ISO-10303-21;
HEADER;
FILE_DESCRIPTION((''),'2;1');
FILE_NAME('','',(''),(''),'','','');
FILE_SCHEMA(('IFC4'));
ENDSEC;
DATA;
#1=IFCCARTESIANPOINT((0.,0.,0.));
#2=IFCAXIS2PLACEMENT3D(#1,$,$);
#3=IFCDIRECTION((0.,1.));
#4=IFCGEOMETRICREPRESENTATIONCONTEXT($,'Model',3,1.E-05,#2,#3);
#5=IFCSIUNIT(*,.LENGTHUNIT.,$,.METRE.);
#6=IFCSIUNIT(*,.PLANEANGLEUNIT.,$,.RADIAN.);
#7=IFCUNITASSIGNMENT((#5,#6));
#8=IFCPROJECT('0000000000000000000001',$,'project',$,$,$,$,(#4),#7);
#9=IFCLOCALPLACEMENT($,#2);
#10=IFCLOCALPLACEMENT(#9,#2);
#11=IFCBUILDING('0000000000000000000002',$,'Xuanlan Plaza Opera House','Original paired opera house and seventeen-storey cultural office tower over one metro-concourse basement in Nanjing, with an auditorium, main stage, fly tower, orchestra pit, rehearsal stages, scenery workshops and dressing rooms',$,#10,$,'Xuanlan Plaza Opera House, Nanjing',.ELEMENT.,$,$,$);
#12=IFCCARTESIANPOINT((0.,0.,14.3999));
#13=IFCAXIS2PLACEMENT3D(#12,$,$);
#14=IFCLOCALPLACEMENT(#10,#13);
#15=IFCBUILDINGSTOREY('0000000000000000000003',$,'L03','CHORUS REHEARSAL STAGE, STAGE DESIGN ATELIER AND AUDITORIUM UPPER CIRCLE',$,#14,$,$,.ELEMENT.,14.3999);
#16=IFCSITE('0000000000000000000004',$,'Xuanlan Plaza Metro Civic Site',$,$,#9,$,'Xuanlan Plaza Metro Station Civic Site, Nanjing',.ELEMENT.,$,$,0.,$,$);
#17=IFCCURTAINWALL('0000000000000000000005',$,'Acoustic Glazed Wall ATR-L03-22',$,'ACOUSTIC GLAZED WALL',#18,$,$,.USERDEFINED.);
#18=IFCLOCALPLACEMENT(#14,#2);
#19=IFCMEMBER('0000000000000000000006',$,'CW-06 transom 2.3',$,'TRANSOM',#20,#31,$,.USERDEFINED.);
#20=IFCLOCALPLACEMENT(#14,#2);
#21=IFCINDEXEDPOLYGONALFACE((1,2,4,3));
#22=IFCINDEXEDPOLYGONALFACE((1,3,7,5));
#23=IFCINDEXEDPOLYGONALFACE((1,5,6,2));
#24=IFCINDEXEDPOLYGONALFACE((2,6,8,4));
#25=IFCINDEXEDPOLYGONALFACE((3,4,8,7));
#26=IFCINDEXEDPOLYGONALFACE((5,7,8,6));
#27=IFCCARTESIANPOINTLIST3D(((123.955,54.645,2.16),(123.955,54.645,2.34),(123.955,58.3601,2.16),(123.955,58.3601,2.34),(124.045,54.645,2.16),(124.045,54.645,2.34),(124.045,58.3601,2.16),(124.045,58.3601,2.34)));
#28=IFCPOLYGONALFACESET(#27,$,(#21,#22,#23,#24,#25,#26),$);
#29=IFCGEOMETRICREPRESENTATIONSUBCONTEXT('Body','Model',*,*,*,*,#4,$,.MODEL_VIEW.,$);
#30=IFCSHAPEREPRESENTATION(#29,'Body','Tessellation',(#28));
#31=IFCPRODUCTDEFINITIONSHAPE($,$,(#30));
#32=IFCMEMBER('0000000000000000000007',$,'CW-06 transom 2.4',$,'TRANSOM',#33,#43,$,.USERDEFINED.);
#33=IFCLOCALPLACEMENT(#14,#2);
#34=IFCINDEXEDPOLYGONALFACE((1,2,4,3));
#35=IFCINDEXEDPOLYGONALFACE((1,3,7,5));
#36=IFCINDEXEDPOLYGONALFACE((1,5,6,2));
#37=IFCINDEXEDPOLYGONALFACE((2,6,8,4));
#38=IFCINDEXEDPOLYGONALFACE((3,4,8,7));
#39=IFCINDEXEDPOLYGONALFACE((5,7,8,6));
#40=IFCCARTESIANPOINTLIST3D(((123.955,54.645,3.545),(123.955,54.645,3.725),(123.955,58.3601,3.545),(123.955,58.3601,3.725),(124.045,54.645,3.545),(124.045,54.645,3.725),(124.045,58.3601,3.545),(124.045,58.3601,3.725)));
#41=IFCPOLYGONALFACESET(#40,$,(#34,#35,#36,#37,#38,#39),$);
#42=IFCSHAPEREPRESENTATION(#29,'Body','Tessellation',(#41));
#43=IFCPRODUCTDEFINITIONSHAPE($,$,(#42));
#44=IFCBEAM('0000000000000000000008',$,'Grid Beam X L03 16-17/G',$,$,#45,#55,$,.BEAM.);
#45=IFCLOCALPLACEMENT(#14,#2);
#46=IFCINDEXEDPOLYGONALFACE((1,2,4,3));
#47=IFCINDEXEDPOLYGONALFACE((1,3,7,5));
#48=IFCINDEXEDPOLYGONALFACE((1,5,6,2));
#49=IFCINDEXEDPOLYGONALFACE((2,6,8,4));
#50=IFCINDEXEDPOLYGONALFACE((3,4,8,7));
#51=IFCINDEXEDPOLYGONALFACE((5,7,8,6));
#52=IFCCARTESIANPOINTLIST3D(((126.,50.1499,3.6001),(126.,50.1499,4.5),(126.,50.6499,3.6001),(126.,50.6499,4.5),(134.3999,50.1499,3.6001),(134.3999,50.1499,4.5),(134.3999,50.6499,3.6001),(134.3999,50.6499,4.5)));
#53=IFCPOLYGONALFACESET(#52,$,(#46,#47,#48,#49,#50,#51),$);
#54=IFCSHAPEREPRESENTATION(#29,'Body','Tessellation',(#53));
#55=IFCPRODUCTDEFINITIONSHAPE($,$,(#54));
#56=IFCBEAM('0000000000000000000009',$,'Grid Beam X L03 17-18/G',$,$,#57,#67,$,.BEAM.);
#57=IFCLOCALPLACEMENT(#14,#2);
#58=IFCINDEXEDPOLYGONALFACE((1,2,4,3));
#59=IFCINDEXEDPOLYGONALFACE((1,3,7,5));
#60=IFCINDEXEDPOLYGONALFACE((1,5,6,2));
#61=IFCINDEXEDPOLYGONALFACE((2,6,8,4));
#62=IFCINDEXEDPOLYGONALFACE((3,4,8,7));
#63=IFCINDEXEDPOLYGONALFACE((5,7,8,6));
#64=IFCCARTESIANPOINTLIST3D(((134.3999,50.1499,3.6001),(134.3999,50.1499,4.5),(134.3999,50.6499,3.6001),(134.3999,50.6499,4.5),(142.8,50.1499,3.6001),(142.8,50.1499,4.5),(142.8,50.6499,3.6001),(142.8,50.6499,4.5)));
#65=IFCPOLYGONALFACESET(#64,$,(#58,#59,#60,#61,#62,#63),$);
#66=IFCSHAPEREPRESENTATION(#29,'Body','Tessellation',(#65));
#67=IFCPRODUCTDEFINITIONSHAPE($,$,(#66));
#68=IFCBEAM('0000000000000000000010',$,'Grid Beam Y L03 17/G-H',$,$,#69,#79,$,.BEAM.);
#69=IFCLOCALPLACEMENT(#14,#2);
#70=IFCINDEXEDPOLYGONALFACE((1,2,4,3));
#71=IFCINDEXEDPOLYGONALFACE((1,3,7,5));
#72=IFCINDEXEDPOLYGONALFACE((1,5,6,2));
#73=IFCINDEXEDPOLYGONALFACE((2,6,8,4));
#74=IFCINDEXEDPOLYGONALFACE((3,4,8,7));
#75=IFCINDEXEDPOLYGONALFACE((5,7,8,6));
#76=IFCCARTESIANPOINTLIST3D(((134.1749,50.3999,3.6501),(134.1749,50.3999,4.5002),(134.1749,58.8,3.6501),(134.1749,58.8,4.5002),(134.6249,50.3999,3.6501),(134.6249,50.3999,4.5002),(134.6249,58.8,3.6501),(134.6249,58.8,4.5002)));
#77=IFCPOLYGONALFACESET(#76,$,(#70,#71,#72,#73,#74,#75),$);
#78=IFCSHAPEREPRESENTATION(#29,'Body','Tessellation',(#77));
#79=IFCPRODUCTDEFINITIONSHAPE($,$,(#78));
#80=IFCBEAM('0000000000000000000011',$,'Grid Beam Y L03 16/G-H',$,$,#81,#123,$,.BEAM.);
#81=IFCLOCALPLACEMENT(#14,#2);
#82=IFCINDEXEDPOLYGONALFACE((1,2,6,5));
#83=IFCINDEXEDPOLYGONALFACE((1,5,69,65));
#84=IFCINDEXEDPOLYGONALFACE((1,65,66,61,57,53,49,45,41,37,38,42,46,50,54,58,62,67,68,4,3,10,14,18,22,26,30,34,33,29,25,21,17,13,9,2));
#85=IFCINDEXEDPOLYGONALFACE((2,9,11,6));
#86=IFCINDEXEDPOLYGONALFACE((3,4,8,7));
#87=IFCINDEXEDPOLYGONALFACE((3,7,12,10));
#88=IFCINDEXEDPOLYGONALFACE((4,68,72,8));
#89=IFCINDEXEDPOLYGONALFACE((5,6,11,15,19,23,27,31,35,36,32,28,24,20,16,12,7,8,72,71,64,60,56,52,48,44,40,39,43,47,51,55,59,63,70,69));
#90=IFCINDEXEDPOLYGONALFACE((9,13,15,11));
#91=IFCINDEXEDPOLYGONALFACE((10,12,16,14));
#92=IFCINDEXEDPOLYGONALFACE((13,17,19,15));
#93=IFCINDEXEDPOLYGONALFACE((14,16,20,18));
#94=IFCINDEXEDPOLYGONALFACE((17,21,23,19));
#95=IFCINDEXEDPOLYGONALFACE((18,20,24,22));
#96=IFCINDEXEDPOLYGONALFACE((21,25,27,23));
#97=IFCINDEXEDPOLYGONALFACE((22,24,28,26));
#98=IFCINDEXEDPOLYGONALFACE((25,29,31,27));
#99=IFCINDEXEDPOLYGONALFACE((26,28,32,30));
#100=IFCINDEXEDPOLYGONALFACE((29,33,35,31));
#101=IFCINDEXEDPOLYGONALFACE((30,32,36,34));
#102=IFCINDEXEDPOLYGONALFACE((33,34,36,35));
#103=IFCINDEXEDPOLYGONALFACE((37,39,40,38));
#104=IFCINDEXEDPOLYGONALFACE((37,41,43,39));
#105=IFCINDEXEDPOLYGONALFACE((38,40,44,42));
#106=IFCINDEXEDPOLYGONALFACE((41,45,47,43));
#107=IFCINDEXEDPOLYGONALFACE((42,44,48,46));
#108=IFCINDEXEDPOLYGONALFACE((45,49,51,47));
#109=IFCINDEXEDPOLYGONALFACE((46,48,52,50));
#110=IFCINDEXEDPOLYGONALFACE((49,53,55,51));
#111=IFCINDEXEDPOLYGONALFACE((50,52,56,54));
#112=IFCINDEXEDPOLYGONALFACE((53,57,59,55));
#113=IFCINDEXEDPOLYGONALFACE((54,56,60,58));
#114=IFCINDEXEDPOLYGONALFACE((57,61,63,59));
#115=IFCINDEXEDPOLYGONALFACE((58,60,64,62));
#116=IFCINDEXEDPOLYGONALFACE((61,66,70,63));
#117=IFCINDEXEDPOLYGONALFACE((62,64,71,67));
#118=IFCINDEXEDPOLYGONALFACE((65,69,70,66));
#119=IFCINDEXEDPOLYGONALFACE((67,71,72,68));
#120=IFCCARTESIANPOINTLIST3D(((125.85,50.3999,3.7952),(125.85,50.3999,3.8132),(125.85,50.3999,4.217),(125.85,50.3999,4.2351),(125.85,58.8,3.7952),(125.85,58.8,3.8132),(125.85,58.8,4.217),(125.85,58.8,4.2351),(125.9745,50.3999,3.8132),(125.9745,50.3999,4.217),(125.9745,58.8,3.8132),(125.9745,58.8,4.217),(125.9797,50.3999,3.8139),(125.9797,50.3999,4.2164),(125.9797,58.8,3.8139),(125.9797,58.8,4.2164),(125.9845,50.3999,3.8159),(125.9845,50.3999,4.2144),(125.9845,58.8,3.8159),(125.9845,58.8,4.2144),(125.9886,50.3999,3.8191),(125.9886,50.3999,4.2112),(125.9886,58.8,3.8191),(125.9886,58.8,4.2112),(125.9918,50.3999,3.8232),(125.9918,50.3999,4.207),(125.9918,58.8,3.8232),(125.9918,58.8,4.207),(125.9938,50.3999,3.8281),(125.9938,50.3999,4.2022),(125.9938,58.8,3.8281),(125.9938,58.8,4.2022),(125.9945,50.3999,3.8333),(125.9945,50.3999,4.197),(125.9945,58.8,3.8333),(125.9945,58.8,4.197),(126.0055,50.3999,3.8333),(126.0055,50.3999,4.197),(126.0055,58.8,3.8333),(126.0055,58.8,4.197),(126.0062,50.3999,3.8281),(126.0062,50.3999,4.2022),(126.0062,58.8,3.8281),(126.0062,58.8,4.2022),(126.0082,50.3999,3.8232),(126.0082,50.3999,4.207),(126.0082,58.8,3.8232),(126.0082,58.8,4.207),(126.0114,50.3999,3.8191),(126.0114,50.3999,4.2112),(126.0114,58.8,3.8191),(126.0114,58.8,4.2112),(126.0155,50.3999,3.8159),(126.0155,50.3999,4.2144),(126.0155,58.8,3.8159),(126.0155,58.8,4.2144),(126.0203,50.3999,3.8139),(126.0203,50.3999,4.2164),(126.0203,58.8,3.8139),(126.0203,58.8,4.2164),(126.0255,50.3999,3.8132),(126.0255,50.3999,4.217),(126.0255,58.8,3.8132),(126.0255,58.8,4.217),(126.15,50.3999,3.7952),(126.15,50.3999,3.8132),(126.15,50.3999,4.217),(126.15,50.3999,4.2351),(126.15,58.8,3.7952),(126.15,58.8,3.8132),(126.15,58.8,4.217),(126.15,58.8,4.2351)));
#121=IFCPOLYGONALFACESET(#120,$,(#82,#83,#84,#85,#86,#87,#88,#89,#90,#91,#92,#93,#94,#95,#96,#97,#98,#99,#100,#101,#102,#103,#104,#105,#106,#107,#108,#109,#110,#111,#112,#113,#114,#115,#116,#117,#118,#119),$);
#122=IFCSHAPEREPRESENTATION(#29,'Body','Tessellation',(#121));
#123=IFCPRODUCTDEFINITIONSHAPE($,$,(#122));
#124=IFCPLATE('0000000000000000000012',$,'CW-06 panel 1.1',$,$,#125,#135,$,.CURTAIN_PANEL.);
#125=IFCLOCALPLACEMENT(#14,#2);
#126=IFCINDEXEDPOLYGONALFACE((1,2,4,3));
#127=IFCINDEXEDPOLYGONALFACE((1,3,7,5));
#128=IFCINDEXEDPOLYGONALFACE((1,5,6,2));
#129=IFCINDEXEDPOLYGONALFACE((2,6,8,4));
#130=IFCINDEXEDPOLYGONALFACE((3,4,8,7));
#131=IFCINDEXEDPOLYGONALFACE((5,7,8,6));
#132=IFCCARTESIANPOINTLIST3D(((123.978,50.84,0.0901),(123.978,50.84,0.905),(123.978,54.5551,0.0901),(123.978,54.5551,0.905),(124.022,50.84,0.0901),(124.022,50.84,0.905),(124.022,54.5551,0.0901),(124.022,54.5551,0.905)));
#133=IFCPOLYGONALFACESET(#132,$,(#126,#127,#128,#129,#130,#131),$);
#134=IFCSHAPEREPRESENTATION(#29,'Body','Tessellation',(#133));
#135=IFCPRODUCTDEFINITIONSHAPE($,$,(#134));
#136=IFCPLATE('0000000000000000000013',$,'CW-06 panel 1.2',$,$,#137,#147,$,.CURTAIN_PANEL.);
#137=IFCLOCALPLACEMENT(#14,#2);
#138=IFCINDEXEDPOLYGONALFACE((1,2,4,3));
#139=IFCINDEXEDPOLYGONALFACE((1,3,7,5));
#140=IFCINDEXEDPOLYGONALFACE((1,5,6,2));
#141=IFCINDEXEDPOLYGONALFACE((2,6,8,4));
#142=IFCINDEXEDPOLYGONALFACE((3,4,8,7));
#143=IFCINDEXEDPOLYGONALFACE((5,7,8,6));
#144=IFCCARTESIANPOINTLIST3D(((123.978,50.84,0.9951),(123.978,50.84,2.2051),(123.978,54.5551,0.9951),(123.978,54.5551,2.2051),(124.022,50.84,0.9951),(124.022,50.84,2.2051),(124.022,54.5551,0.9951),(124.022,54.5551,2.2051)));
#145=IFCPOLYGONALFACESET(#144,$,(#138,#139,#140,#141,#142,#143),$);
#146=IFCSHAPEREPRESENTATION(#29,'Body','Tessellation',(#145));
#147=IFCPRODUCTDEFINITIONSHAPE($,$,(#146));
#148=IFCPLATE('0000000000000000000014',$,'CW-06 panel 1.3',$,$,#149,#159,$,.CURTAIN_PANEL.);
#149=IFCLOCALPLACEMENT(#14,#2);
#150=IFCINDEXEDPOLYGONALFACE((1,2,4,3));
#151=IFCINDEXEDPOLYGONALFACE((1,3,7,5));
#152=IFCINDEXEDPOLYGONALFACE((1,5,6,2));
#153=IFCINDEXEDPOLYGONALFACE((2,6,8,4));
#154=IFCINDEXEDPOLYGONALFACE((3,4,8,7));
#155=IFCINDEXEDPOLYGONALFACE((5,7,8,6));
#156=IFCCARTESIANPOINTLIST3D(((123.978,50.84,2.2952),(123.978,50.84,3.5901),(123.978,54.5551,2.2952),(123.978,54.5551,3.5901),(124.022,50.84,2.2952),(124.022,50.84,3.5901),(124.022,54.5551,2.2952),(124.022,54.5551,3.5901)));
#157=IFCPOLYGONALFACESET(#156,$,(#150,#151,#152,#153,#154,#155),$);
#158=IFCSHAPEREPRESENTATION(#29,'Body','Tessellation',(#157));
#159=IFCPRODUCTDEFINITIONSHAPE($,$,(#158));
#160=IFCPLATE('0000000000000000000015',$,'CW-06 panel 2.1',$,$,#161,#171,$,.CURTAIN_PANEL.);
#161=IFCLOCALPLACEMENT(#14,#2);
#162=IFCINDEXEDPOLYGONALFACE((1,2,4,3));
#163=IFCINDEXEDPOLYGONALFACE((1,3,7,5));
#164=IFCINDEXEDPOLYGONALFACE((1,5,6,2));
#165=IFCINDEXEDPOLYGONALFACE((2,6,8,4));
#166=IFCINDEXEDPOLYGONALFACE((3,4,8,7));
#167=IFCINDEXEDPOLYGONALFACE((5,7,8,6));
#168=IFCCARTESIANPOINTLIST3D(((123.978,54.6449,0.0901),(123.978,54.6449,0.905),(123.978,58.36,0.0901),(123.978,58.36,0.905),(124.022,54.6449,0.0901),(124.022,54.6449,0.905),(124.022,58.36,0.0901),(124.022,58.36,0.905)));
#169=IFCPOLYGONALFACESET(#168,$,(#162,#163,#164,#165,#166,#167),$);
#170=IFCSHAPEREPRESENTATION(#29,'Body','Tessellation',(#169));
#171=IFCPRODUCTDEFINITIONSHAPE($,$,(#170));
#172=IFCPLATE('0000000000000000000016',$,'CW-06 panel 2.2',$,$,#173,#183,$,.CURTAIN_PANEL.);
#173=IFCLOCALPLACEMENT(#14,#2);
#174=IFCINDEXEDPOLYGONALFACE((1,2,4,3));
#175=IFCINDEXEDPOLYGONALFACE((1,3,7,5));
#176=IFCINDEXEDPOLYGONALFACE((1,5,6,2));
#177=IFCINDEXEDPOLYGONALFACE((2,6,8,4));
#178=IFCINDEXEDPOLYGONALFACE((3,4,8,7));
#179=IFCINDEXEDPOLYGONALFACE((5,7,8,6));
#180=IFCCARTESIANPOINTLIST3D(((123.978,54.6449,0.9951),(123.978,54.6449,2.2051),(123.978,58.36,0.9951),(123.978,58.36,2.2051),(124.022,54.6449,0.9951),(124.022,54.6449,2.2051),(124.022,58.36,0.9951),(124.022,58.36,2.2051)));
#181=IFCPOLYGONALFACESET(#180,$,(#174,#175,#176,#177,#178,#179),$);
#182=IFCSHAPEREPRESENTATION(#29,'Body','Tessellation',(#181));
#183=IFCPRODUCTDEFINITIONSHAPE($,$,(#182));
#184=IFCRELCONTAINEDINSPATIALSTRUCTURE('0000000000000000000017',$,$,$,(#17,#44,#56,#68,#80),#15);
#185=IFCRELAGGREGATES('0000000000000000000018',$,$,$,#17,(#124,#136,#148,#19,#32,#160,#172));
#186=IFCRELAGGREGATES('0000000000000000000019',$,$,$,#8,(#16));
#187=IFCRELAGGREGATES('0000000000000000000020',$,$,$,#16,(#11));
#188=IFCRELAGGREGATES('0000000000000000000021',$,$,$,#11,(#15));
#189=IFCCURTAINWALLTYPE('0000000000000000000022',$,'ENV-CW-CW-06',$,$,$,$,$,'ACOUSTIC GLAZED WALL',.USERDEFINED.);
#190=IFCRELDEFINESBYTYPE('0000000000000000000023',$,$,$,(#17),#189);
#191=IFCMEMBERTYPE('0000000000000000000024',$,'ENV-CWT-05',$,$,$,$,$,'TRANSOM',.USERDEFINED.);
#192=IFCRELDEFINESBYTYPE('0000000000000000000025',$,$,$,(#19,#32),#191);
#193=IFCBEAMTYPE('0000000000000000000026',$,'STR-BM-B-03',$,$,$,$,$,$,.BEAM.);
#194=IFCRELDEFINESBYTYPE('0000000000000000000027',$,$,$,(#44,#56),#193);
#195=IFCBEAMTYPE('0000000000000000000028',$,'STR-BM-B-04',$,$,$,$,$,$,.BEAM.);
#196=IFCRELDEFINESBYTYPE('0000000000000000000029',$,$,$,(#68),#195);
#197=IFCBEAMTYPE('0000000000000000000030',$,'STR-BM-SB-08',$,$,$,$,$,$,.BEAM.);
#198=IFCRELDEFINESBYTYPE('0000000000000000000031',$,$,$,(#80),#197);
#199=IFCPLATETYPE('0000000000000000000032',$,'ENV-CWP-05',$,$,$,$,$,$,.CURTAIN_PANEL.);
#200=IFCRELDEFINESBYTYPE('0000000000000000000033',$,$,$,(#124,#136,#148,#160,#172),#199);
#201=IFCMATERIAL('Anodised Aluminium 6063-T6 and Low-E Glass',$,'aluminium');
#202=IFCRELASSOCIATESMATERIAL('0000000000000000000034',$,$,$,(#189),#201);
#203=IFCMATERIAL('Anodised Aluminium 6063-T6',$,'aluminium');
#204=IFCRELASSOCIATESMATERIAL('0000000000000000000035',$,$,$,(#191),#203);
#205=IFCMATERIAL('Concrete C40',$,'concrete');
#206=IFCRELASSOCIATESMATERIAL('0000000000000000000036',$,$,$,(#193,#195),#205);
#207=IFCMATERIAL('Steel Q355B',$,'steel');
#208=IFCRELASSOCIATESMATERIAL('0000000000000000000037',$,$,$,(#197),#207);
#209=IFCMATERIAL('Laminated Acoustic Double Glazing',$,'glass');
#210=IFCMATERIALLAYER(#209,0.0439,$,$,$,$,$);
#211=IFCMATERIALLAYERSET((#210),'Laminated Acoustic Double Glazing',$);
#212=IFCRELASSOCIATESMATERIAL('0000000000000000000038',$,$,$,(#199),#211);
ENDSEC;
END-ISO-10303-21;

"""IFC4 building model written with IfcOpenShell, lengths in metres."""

from ifc_helpers import new_model, si_unit, direction, frame, origin, origin_2d, place, context, subcontext, project, spatial, rectangle, i_section, extrude, material, layer, layer_set, material_profile, profile_set, type_object, element, aggregate, save


model = new_model("IFC4")

# Units and contexts
model_context = context("Model", 3, precision=1e-05, world=origin(), true_north=direction((0.0, 1.0)))
body_context = subcontext(model_context, "Body", "Model", "MODEL_VIEW")
ifc_project = project(units=[si_unit("LENGTHUNIT", "METRE"), si_unit("PLANEANGLEUNIT", "RADIAN")], contexts=[model_context])

# Site, building, storey
site_placement = place(None, origin())
site = spatial("IfcSite", under=ifc_project, at=site_placement, Name="Xuanlan Plaza Metro Civic Site", LongName="Xuanlan Plaza Metro Station Civic Site, Nanjing", CompositionType="ELEMENT", RefElevation=0.0)
building_placement = place(site_placement, origin())
building = spatial("IfcBuilding", under=site, at=building_placement, Name="Xuanlan Plaza Opera House", Description="Original paired opera house and seventeen-storey cultural office tower over one metro-concourse basement in Nanjing, with an auditorium, main stage, fly tower, orchestra pit, rehearsal stages, scenery workshops and dressing rooms", LongName="Xuanlan Plaza Opera House, Nanjing", CompositionType="ELEMENT")
storey_placement = place(building_placement, frame((0.0, 0.0, 14.3999)))
storey = spatial("IfcBuildingStorey", under=building, at=storey_placement, Name="L03", Description="CHORUS REHEARSAL STAGE, STAGE DESIGN ATELIER AND AUDITORIUM UPPER CIRCLE", CompositionType="ELEMENT", Elevation=14.3999)

# Shared definitions
ifc_material_1 = material(Name="Steel Q355B", Category="steel")

# Shared definitions
ifc_material_2 = material(Name="Anodised Aluminium 6063-T6 and Low-E Glass", Category="aluminium")
curtain_wall_type = type_object("IfcCurtainWallType", Name="ENV-CW-CW-06", ElementType="ACOUSTIC GLAZED WALL", PredefinedType="USERDEFINED", material=ifc_material_2)
ifc_material_3 = material(Name="Anodised Aluminium 6063-T6", Category="aluminium")

# Curtain wall, members
curtain_wall_1_placement = place(storey_placement, origin())
curtain_wall_1 = element("IfcCurtainWall", 1, at=curtain_wall_1_placement, inside=storey, type_object=curtain_wall_type, Name="Acoustic Glazed Wall ATR-L03-22", ObjectType="ACOUSTIC GLAZED WALL", PredefinedType="USERDEFINED")
ifc_material_profile_1 = material_profile(ifc_material_3, rectangle(XDim=0.0901, YDim=0.1799, at=origin_2d()), Name="ALU-T 90x180")
ifc_profile_set_1 = profile_set([ifc_material_profile_1], Name="Anodised Aluminium 6063-T6")
member_type_1 = type_object("IfcMemberType", Name="ENV-CWT-05", ElementType="TRANSOM", PredefinedType="USERDEFINED", material=ifc_profile_set_1)
member_1_placement = place(storey_placement, frame((124.0, 54.645, 2.25), z_axis=(0.0, 1.0, 0.0), x_axis=(-1.0, 0.0, 0.0)))
member_1 = element("IfcMember", 2, at=member_1_placement, type_object=member_type_1, Name="CW-06 transom 2.3", ObjectType="TRANSOM", PredefinedType="USERDEFINED", context=body_context, shape_type="SweptSolid", body=[
    extrude(rectangle(XDim=0.0901, YDim=0.1799, at=origin_2d()), origin(), (0.0, 0.0, 1.0), 3.7151),
])
member_2_placement = place(storey_placement, frame((124.0, 54.645, 3.635), z_axis=(0.0, 1.0, 0.0), x_axis=(-1.0, 0.0, 0.0)))
member_2 = element("IfcMember", 3, at=member_2_placement, type_object=member_type_1, Name="CW-06 transom 2.4", ObjectType="TRANSOM", PredefinedType="USERDEFINED", context=body_context, shape_type="SweptSolid", body=[
    extrude(rectangle(XDim=0.0901, YDim=0.1799, at=origin_2d()), origin(), (0.0, 0.0, 1.0), 3.7151),
])

# Beams
ifc_material_4 = material(Name="Concrete C40", Category="concrete")
ifc_material_profile_2 = material_profile(ifc_material_4, rectangle(XDim=0.5, YDim=0.8999, at=origin_2d()), Name="RC-BM 500x900")
ifc_profile_set_2 = profile_set([ifc_material_profile_2], Name="Concrete C40")
beam_type_1 = type_object("IfcBeamType", Name="STR-BM-B-03", PredefinedType="BEAM", material=ifc_profile_set_2)
beam_1_placement = place(storey_placement, frame((126.0, 50.3999, 4.05), z_axis=(1.0, 0.0, 0.0), x_axis=(0.0, 1.0, 0.0)))
element("IfcBeam", 4, at=beam_1_placement, inside=storey, type_object=beam_type_1, Name="Grid Beam X L03 16-17/G", PredefinedType="BEAM", context=body_context, shape_type="SweptSolid", body=[
    extrude(rectangle(XDim=0.5, YDim=0.8999, at=origin_2d()), origin(), (0.0, 0.0, 1.0), 8.3999),
])
beam_2_placement = place(storey_placement, frame((134.3999, 50.3999, 4.05), z_axis=(1.0, 0.0, 0.0), x_axis=(0.0, 1.0, 0.0)))
element("IfcBeam", 5, at=beam_2_placement, inside=storey, type_object=beam_type_1, Name="Grid Beam X L03 17-18/G", PredefinedType="BEAM", context=body_context, shape_type="SweptSolid", body=[
    extrude(rectangle(XDim=0.5, YDim=0.8999, at=origin_2d()), origin(), (0.0, 0.0, 1.0), 8.4001),
])
ifc_material_profile_3 = material_profile(ifc_material_4, rectangle(XDim=0.45, YDim=0.8501, at=origin_2d()), Name="RC-BM 450x850")
ifc_profile_set_3 = profile_set([ifc_material_profile_3], Name="Concrete C40")
beam_type_2 = type_object("IfcBeamType", Name="STR-BM-B-04", PredefinedType="BEAM", material=ifc_profile_set_3)
beam_3_placement = place(storey_placement, frame((134.3999, 50.3999, 4.0752), z_axis=(0.0, 1.0, 0.0), x_axis=(-1.0, 0.0, 0.0)))
element("IfcBeam", 6, at=beam_3_placement, inside=storey, type_object=beam_type_2, Name="Grid Beam Y L03 17/G-H", PredefinedType="BEAM", context=body_context, shape_type="SweptSolid", body=[
    extrude(rectangle(XDim=0.45, YDim=0.8501, at=origin_2d()), origin(), (0.0, 0.0, 1.0), 8.4001),
])
ifc_material_profile_4 = material_profile(ifc_material_1, i_section(OverallWidth=0.3, OverallDepth=0.4399, WebThickness=0.011, FlangeThickness=0.0181, FilletRadius=0.02, at=origin_2d()), Name="HM 440x300x11x18")
ifc_profile_set_4 = profile_set([ifc_material_profile_4], Name="Steel Q355B")
beam_type_3 = type_object("IfcBeamType", Name="STR-BM-SB-08", PredefinedType="BEAM", material=ifc_profile_set_4)
beam_4_placement = place(storey_placement, frame((126.0, 50.3999, 4.0151), z_axis=(0.0, 1.0, 0.0), x_axis=(-1.0, 0.0, 0.0)))
element("IfcBeam", 7, at=beam_4_placement, inside=storey, type_object=beam_type_3, Name="Grid Beam Y L03 16/G-H", PredefinedType="BEAM", context=body_context, shape_type="SweptSolid", body=[
    extrude(i_section(OverallWidth=0.3, OverallDepth=0.4399, WebThickness=0.011, FlangeThickness=0.0181, FilletRadius=0.02, at=origin_2d()), origin(), (0.0, 0.0, 1.0), 8.4001),
])

# Plates
ifc_material_5 = material(Name="Laminated Acoustic Double Glazing", Category="glass")
ifc_layer_1 = layer(ifc_material_5, 0.0439)
ifc_layer_set_1 = layer_set([ifc_layer_1], Name="Laminated Acoustic Double Glazing")
plate_type = type_object("IfcPlateType", Name="ENV-CWP-05", PredefinedType="CURTAIN_PANEL", material=ifc_layer_set_1)
plate_1_placement = place(storey_placement, frame((124.0, 52.6975, 0.0901), z_axis=(0.0, 0.0, 1.0), x_axis=(0.0, 1.0, 0.0)))
plate_1 = element("IfcPlate", 8, at=plate_1_placement, type_object=plate_type, Name="CW-06 panel 1.1", PredefinedType="CURTAIN_PANEL", context=body_context, shape_type="SweptSolid", body=[
    extrude(rectangle(XDim=3.7151, YDim=0.0439, at=origin_2d()), origin(), (0.0, 0.0, 1.0), 0.8149),
])
plate_2_placement = place(storey_placement, frame((124.0, 52.6975, 0.9951), z_axis=(0.0, 0.0, 1.0), x_axis=(0.0, 1.0, 0.0)))
plate_2 = element("IfcPlate", 9, at=plate_2_placement, type_object=plate_type, Name="CW-06 panel 1.2", PredefinedType="CURTAIN_PANEL", context=body_context, shape_type="SweptSolid", body=[
    extrude(rectangle(XDim=3.7151, YDim=0.0439, at=origin_2d()), origin(), (0.0, 0.0, 1.0), 1.21),
])
plate_3_placement = place(storey_placement, frame((124.0, 52.6975, 2.2952), z_axis=(0.0, 0.0, 1.0), x_axis=(0.0, 1.0, 0.0)))
plate_3 = element("IfcPlate", 10, at=plate_3_placement, type_object=plate_type, Name="CW-06 panel 1.3", PredefinedType="CURTAIN_PANEL", context=body_context, shape_type="SweptSolid", body=[
    extrude(rectangle(XDim=3.7151, YDim=0.0439, at=origin_2d()), origin(), (0.0, 0.0, 1.0), 1.2949),
])
plate_4_placement = place(storey_placement, frame((124.0, 56.5024, 0.0901), z_axis=(0.0, 0.0, 1.0), x_axis=(0.0, 1.0, 0.0)))
plate_4 = element("IfcPlate", 11, at=plate_4_placement, type_object=plate_type, Name="CW-06 panel 2.1", PredefinedType="CURTAIN_PANEL", context=body_context, shape_type="SweptSolid", body=[
    extrude(rectangle(XDim=3.7151, YDim=0.0439, at=origin_2d()), origin(), (0.0, 0.0, 1.0), 0.8149),
])
plate_5_placement = place(storey_placement, frame((124.0, 56.5024, 0.9951), z_axis=(0.0, 0.0, 1.0), x_axis=(0.0, 1.0, 0.0)))
plate_5 = element("IfcPlate", 12, at=plate_5_placement, type_object=plate_type, Name="CW-06 panel 2.2", PredefinedType="CURTAIN_PANEL", context=body_context, shape_type="SweptSolid", body=[
    extrude(rectangle(XDim=3.7151, YDim=0.0439, at=origin_2d()), origin(), (0.0, 0.0, 1.0), 1.21),
])
aggregate(curtain_wall_1, [plate_1, plate_2, plate_3, member_1, member_2, plate_4, plate_5])

save(model, "model.ifc")
